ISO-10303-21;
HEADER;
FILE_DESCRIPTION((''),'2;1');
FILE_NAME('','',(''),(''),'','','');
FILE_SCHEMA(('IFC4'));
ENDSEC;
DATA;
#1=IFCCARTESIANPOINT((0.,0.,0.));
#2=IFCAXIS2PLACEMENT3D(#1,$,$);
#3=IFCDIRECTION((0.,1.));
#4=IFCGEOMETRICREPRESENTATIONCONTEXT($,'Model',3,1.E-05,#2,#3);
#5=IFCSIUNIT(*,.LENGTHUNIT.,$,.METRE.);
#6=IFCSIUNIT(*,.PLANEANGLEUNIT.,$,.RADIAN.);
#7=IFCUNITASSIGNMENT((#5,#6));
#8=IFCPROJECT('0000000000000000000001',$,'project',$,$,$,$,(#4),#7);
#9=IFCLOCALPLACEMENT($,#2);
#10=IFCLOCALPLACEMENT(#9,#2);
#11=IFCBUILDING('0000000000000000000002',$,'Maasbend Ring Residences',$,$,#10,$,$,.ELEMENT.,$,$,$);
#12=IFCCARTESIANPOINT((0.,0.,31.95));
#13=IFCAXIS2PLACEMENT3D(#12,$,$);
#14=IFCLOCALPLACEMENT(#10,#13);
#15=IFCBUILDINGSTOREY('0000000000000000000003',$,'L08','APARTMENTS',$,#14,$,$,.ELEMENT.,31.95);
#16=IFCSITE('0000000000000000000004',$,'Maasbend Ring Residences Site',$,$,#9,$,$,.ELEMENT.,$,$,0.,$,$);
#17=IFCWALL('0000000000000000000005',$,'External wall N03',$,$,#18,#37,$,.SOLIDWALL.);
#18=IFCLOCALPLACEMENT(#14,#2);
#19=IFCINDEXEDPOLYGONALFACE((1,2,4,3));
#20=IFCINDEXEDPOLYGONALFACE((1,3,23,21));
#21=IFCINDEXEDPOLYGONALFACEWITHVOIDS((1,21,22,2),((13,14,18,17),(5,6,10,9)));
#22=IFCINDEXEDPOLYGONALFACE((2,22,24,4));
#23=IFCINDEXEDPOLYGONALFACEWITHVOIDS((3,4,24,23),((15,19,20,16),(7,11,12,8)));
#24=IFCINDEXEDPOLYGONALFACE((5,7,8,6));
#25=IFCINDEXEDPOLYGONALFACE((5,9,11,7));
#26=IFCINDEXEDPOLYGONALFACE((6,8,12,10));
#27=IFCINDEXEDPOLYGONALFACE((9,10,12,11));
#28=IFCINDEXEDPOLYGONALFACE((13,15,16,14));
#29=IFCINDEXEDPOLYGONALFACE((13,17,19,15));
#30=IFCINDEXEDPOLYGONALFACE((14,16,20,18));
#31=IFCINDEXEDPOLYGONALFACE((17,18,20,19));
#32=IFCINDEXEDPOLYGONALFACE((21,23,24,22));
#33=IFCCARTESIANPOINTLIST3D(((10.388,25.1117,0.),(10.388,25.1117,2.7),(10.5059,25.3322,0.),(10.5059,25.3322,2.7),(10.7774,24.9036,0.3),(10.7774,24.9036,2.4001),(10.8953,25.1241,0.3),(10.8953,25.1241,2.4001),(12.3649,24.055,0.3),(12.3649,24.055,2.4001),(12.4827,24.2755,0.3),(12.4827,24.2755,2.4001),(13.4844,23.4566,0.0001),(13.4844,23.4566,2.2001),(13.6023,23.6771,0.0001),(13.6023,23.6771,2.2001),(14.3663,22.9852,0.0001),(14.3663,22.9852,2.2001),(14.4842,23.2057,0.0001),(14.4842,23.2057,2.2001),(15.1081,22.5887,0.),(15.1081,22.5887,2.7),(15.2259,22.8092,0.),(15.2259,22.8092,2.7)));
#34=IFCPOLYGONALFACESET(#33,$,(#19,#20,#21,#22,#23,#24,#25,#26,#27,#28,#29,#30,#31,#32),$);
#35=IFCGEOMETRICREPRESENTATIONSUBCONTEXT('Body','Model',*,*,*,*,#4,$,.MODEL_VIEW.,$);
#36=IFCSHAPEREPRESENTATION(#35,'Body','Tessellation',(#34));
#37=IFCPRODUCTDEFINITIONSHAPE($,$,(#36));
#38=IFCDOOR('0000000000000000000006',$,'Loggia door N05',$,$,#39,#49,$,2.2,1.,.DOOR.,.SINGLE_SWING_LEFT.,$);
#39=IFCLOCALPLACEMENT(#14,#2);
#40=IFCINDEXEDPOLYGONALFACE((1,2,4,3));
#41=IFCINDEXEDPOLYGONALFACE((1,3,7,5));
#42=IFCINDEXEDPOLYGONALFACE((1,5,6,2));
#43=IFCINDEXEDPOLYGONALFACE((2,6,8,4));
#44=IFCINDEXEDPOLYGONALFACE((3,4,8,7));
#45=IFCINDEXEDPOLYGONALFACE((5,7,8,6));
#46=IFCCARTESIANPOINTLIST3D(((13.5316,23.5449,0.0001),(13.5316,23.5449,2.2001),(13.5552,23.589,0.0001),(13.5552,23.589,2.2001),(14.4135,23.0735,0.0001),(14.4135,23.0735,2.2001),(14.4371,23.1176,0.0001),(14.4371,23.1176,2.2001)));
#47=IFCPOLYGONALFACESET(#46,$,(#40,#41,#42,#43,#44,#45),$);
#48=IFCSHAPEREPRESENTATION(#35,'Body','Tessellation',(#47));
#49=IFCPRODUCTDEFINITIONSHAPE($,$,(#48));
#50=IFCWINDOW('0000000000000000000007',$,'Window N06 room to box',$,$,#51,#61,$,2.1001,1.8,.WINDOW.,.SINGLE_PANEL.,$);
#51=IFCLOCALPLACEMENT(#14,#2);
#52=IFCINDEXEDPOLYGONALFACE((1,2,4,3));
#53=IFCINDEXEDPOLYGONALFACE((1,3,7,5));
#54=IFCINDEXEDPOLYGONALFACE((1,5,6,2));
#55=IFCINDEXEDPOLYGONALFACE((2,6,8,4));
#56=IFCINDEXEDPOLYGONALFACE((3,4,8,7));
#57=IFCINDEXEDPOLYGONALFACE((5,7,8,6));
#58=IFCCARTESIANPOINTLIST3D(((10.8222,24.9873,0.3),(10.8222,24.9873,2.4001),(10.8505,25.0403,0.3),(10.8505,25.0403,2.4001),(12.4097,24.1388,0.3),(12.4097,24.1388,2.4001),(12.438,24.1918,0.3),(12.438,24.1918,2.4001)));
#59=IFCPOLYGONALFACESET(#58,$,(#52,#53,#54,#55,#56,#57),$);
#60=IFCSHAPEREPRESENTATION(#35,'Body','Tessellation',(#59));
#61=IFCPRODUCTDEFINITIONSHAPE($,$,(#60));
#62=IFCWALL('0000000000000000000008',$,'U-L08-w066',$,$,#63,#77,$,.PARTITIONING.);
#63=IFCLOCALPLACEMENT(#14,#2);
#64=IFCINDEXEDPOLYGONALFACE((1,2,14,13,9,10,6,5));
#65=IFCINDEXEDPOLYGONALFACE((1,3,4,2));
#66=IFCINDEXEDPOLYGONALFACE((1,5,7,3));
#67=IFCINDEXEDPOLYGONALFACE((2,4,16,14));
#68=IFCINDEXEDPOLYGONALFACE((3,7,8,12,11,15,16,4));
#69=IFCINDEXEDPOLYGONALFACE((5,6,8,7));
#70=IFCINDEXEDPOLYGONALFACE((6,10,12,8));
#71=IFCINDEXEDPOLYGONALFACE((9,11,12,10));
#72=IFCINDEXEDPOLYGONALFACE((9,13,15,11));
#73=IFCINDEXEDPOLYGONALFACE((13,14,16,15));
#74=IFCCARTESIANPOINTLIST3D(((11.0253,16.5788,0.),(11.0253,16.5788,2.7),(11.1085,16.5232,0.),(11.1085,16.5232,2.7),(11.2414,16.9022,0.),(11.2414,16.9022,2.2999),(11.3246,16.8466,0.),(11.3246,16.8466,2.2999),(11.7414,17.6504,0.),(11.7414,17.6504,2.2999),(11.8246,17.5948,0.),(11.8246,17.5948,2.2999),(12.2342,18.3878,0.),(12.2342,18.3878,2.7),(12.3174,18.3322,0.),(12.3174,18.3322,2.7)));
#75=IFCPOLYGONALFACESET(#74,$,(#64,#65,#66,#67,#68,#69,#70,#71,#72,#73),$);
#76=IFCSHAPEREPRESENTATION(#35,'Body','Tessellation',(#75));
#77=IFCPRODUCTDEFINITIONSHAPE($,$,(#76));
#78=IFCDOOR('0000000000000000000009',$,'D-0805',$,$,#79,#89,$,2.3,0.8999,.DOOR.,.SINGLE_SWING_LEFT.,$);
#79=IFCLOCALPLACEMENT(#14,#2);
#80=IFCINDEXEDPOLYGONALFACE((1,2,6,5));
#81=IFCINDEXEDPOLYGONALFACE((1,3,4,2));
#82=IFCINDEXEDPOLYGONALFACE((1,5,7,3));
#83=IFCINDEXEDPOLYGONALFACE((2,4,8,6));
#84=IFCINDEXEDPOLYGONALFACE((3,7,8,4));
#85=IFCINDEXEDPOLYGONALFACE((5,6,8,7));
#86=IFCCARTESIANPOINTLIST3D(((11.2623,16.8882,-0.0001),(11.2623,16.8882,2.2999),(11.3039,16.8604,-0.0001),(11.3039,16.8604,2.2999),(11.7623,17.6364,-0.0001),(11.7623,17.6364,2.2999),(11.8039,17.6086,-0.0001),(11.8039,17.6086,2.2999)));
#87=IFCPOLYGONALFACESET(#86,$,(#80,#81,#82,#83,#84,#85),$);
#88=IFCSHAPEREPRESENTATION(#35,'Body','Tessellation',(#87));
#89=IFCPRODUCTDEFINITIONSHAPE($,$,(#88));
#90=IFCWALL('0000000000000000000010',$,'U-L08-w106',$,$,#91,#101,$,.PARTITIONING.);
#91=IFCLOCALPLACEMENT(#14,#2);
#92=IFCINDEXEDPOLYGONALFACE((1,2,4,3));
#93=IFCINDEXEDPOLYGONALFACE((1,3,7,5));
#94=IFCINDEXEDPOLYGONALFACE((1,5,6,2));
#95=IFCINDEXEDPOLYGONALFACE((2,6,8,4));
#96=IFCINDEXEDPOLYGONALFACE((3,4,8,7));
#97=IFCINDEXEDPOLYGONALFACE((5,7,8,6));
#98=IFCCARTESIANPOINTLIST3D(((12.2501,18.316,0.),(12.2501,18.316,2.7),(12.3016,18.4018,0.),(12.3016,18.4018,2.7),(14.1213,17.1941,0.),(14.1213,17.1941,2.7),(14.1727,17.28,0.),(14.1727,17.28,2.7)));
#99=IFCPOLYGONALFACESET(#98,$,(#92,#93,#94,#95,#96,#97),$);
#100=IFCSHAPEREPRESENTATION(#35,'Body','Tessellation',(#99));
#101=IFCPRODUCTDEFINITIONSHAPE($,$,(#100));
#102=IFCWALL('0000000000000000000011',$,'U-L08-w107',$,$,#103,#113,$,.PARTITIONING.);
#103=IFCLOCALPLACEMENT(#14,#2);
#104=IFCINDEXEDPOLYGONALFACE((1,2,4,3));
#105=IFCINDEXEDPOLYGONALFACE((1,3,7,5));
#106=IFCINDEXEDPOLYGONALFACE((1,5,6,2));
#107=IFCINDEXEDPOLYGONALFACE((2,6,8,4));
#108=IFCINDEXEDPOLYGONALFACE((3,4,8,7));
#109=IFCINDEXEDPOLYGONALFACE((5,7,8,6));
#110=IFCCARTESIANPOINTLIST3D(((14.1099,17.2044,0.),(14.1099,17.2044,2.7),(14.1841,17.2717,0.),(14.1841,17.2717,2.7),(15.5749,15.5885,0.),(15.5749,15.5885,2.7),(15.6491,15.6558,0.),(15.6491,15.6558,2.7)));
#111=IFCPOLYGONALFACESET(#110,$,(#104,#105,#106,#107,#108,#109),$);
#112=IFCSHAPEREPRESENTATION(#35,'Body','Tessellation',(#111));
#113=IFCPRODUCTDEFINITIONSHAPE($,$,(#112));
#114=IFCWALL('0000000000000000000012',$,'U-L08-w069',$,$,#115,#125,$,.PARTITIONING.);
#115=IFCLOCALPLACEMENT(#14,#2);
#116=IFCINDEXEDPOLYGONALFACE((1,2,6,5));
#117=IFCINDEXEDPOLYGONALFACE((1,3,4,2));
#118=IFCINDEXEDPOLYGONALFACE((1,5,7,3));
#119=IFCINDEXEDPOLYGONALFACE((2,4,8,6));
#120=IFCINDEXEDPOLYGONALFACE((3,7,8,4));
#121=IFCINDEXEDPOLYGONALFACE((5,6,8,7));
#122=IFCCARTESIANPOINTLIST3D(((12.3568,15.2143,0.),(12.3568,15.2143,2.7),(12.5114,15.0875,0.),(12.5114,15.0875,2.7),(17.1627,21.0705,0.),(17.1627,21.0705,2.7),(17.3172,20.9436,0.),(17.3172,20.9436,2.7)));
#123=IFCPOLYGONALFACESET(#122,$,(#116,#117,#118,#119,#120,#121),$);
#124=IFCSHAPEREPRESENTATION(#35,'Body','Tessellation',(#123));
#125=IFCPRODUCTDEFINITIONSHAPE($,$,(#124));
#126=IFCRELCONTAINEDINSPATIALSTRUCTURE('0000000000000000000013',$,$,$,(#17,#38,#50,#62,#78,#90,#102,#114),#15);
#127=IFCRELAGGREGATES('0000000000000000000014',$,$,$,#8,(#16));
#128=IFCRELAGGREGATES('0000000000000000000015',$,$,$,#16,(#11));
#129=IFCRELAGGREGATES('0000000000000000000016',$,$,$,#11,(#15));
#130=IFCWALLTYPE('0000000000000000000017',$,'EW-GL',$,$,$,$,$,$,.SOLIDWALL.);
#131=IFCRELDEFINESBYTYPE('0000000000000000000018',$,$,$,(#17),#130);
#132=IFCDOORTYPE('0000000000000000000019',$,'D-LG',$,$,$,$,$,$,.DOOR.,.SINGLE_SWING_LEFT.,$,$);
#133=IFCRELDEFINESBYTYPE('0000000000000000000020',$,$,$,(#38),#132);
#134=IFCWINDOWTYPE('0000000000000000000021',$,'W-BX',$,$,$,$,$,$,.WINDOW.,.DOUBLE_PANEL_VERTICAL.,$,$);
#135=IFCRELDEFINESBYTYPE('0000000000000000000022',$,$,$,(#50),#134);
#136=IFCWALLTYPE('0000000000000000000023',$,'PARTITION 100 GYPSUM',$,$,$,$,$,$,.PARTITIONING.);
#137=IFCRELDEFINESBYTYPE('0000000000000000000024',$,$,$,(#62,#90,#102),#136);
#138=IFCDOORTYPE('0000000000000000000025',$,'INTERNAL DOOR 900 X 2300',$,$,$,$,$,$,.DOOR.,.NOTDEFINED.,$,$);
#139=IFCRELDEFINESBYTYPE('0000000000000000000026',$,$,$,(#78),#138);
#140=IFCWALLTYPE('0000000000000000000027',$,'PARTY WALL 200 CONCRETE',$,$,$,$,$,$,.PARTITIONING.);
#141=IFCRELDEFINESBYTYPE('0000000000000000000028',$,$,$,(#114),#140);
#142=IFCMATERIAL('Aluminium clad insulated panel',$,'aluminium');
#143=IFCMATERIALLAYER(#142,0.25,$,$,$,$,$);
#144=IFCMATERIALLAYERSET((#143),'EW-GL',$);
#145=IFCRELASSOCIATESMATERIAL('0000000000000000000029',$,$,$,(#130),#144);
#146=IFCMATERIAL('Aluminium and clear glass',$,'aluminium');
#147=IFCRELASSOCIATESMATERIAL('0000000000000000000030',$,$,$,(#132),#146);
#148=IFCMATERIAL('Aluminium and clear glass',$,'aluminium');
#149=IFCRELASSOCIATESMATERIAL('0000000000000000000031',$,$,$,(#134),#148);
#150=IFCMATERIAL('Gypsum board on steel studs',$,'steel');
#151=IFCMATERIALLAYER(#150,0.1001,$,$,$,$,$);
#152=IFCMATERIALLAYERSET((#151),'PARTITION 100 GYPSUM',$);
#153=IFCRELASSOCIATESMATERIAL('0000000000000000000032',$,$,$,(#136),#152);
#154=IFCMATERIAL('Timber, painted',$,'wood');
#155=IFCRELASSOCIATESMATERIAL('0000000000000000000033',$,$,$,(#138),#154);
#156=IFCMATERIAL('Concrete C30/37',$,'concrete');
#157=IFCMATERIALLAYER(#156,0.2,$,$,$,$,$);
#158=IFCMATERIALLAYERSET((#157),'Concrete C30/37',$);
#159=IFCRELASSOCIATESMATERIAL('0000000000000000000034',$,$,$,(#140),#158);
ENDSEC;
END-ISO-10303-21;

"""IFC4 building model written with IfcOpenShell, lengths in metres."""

from ifc_helpers import new_model, si_unit, direction, frame, frame_2d, origin, place, context, subcontext, project, spatial, rectangle, extrude, material, layer, layer_set, type_object, element, fill, save


model = new_model("IFC4")

# Units and contexts
model_context = context("Model", 3, precision=1e-05, world=origin(), true_north=direction((0.0, 1.0)))
body_context = subcontext(model_context, "Body", "Model", "MODEL_VIEW")
ifc_project = project(units=[si_unit("LENGTHUNIT", "METRE"), si_unit("PLANEANGLEUNIT", "RADIAN")], contexts=[model_context])

# Site, building, storey
site_placement = place(None, origin())
site = spatial("IfcSite", under=ifc_project, at=site_placement, Name="Maasbend Ring Residences Site", CompositionType="ELEMENT", RefElevation=0.0)
building_placement = place(site_placement, origin())
building = spatial("IfcBuilding", under=site, at=building_placement, Name="Maasbend Ring Residences", CompositionType="ELEMENT")
storey_placement = place(building_placement, frame((0.0, 0.0, 31.95)))
storey = spatial("IfcBuildingStorey", under=building, at=storey_placement, Name="L08", Description="APARTMENTS", CompositionType="ELEMENT", Elevation=31.95)

# Wall, openings, door, window
ifc_material_1 = material(Name="Aluminium clad insulated panel", Category="aluminium")
ifc_layer_1 = layer(ifc_material_1, 0.25)
ifc_layer_set_1 = layer_set([ifc_layer_1], Name="EW-GL")
wall_type_1 = type_object("IfcWallType", Name="EW-GL", PredefinedType="SOLIDWALL", material=ifc_layer_set_1)
wall_1_placement = place(storey_placement, frame((15.167, 22.699, 0.0), z_axis=(0.0, 0.0, 1.0), x_axis=(-0.881916, 0.471407, 0.0)))
wall_1 = element("IfcWall", 1, at=wall_1_placement, inside=storey, type_object=wall_type_1, Name="External wall N03", PredefinedType="SOLIDWALL", context=body_context, shape_type="SweptSolid", body=[
    extrude(rectangle(XDim=5.3521, YDim=0.25, at=frame_2d((2.676, 0.0))), origin(), (0.0, 0.0, 1.0), 2.7),
])
opening_1_placement = place(wall_1_placement, frame((0.8411, 0.0, 0.0)))
opening_1 = element("IfcOpeningElement", 2, at=opening_1_placement, cuts=wall_1, PredefinedType="OPENING", context=body_context, shape_type="SweptSolid", body=[
    extrude(rectangle(XDim=1.0, YDim=2.2, at=frame_2d((0.5, 1.1001))), frame((0.0, 0.135, 0.0), z_axis=(0.0, -1.0, 0.0), x_axis=(1.0, 0.0, 0.0)), (0.0, 0.0, 1.0), 0.27),
])
opening_2_placement = place(wall_1_placement, frame((3.1106, 0.0, 0.3)))
opening_2 = element("IfcOpeningElement", 3, at=opening_2_placement, cuts=wall_1, PredefinedType="OPENING", context=body_context, shape_type="SweptSolid", body=[
    extrude(rectangle(XDim=1.8, YDim=2.1001, at=frame_2d((0.8999, 1.05))), frame((0.0, 0.135, 0.0), z_axis=(0.0, -1.0, 0.0), x_axis=(1.0, 0.0, 0.0)), (0.0, 0.0, 1.0), 0.27),
])
ifc_material_2 = material(Name="Aluminium and clear glass", Category="aluminium")
door_type_1 = type_object("IfcDoorType", Name="D-LG", OperationType="SINGLE_SWING_LEFT", PredefinedType="DOOR", material=ifc_material_2)
door_1_placement = place(opening_1_placement, origin())
door_1 = element("IfcDoor", 4, at=door_1_placement, inside=storey, type_object=door_type_1, Name="Loggia door N05", OperationType="SINGLE_SWING_LEFT", OverallHeight=2.2, OverallWidth=1.0, PredefinedType="DOOR", context=body_context, shape_type="SweptSolid", body=[
    extrude(rectangle(XDim=1.0, YDim=2.2, at=frame_2d((0.5, 1.1001))), frame((0.0, 0.0249, 0.0), z_axis=(0.0, -1.0, 0.0), x_axis=(1.0, 0.0, 0.0)), (0.0, 0.0, 1.0), 0.05),
])
fill(opening_1, door_1)
ifc_material_3 = material(Name="Aluminium and clear glass", Category="aluminium")
window_type_1 = type_object("IfcWindowType", Name="W-BX", PartitioningType="DOUBLE_PANEL_VERTICAL", PredefinedType="WINDOW", material=ifc_material_3)
window_1_placement = place(opening_2_placement, origin())
window_1 = element("IfcWindow", 5, at=window_1_placement, inside=storey, type_object=window_type_1, Name="Window N06 room to box", OverallHeight=2.1001, OverallWidth=1.8, PartitioningType="SINGLE_PANEL", PredefinedType="WINDOW", context=body_context, shape_type="SweptSolid", body=[
    extrude(rectangle(XDim=1.8, YDim=2.1001, at=frame_2d((0.8999, 1.05))), frame((0.0, 0.03, 0.0), z_axis=(0.0, -1.0, 0.0), x_axis=(1.0, 0.0, 0.0)), (0.0, 0.0, 1.0), 0.0601),
])
fill(opening_2, window_1)

# Wall, opening, door
ifc_material_4 = material(Name="Gypsum board on steel studs", Category="steel")
ifc_layer_2 = layer(ifc_material_4, 0.1001)
ifc_layer_set_2 = layer_set([ifc_layer_2], Name="PARTITION 100 GYPSUM")
wall_type_2 = type_object("IfcWallType", Name="PARTITION 100 GYPSUM", PredefinedType="PARTITIONING", material=ifc_layer_set_2)
wall_2_placement = place(storey_placement, frame((11.0669, 16.551, 0.0), z_axis=(0.0, 0.0, 1.0), x_axis=(0.555632, 0.831428, 0.0)))
wall_2 = element("IfcWall", 6, at=wall_2_placement, inside=storey, type_object=wall_type_2, Name="U-L08-w066", PredefinedType="PARTITIONING", context=body_context, shape_type="SweptSolid", body=[
    extrude(rectangle(XDim=2.1758, YDim=0.1001, at=frame_2d((1.0879, 0.0))), origin(), (0.0, 0.0, 1.0), 2.7),
])
opening_3_placement = place(wall_2_placement, frame((0.3889, 0.0, 0.0)))
opening_3 = element("IfcOpeningElement", 7, at=opening_3_placement, cuts=wall_2, PredefinedType="OPENING", context=body_context, shape_type="SweptSolid", body=[
    extrude(rectangle(XDim=0.8999, YDim=2.3, at=frame_2d((0.45, 1.1499))), frame((0.0, 0.0601, 0.0), z_axis=(0.0, -1.0, 0.0), x_axis=(1.0, 0.0, 0.0)), (0.0, 0.0, 1.0), 0.1201),
])
ifc_material_5 = material(Name="Timber, painted", Category="wood")
door_type_2 = type_object("IfcDoorType", Name="INTERNAL DOOR 900 X 2300", OperationType="NOTDEFINED", PredefinedType="DOOR", material=ifc_material_5)
door_2_placement = place(opening_3_placement, origin())
door_2 = element("IfcDoor", 8, at=door_2_placement, inside=storey, type_object=door_type_2, Name="D-0805", OperationType="SINGLE_SWING_LEFT", OverallHeight=2.3, OverallWidth=0.8999, PredefinedType="DOOR", context=body_context, shape_type="SweptSolid", body=[
    extrude(rectangle(XDim=0.8999, YDim=2.3, at=frame_2d((0.45, 1.1499))), frame((0.0, 0.0249, 0.0), z_axis=(0.0, -1.0, 0.0), x_axis=(1.0, 0.0, 0.0)), (0.0, 0.0, 1.0), 0.05),
])
fill(opening_3, door_2)

# Walls
wall_3_placement = place(storey_placement, frame((12.2759, 18.3589, 0.0), z_axis=(0.0, 0.0, 1.0), x_axis=(0.857661, -0.514216, 0.0)))
element("IfcWall", 9, at=wall_3_placement, inside=storey, type_object=wall_type_2, Name="U-L08-w106", PredefinedType="PARTITIONING", context=body_context, shape_type="SweptSolid", body=[
    extrude(rectangle(XDim=2.1816, YDim=0.1001, at=frame_2d((1.0908, 0.0))), origin(), (0.0, 0.0, 1.0), 2.7),
])
wall_4_placement = place(storey_placement, frame((14.147, 17.238, 0.0), z_axis=(0.0, 0.0, 1.0), x_axis=(0.671675, -0.740846, 0.0)))
element("IfcWall", 10, at=wall_4_placement, inside=storey, type_object=wall_type_2, Name="U-L08-w107", PredefinedType="PARTITIONING", context=body_context, shape_type="SweptSolid", body=[
    extrude(rectangle(XDim=2.1812, YDim=0.1001, at=frame_2d((1.0906, 0.0))), origin(), (0.0, 0.0, 1.0), 2.7),
])
ifc_material_6 = material(Name="Concrete C30/37", Category="concrete")
ifc_layer_3 = layer(ifc_material_6, 0.2)
ifc_layer_set_3 = layer_set([ifc_layer_3], Name="Concrete C30/37")
wall_type_3 = type_object("IfcWallType", Name="PARTY WALL 200 CONCRETE", PredefinedType="PARTITIONING", material=ifc_layer_set_3)
wall_5_placement = place(storey_placement, frame((12.4341, 15.1509, 0.0), z_axis=(0.0, 0.0, 1.0), x_axis=(0.634381, 0.77302, 0.0)))
element("IfcWall", 11, at=wall_5_placement, inside=storey, type_object=wall_type_3, Name="U-L08-w069", PredefinedType="PARTITIONING", context=body_context, shape_type="SweptSolid", body=[
    extrude(rectangle(XDim=7.5757, YDim=0.2, at=frame_2d((3.7878, 0.0))), origin(), (0.0, 0.0, 1.0), 2.7),
])

save(model, "model.ifc")
